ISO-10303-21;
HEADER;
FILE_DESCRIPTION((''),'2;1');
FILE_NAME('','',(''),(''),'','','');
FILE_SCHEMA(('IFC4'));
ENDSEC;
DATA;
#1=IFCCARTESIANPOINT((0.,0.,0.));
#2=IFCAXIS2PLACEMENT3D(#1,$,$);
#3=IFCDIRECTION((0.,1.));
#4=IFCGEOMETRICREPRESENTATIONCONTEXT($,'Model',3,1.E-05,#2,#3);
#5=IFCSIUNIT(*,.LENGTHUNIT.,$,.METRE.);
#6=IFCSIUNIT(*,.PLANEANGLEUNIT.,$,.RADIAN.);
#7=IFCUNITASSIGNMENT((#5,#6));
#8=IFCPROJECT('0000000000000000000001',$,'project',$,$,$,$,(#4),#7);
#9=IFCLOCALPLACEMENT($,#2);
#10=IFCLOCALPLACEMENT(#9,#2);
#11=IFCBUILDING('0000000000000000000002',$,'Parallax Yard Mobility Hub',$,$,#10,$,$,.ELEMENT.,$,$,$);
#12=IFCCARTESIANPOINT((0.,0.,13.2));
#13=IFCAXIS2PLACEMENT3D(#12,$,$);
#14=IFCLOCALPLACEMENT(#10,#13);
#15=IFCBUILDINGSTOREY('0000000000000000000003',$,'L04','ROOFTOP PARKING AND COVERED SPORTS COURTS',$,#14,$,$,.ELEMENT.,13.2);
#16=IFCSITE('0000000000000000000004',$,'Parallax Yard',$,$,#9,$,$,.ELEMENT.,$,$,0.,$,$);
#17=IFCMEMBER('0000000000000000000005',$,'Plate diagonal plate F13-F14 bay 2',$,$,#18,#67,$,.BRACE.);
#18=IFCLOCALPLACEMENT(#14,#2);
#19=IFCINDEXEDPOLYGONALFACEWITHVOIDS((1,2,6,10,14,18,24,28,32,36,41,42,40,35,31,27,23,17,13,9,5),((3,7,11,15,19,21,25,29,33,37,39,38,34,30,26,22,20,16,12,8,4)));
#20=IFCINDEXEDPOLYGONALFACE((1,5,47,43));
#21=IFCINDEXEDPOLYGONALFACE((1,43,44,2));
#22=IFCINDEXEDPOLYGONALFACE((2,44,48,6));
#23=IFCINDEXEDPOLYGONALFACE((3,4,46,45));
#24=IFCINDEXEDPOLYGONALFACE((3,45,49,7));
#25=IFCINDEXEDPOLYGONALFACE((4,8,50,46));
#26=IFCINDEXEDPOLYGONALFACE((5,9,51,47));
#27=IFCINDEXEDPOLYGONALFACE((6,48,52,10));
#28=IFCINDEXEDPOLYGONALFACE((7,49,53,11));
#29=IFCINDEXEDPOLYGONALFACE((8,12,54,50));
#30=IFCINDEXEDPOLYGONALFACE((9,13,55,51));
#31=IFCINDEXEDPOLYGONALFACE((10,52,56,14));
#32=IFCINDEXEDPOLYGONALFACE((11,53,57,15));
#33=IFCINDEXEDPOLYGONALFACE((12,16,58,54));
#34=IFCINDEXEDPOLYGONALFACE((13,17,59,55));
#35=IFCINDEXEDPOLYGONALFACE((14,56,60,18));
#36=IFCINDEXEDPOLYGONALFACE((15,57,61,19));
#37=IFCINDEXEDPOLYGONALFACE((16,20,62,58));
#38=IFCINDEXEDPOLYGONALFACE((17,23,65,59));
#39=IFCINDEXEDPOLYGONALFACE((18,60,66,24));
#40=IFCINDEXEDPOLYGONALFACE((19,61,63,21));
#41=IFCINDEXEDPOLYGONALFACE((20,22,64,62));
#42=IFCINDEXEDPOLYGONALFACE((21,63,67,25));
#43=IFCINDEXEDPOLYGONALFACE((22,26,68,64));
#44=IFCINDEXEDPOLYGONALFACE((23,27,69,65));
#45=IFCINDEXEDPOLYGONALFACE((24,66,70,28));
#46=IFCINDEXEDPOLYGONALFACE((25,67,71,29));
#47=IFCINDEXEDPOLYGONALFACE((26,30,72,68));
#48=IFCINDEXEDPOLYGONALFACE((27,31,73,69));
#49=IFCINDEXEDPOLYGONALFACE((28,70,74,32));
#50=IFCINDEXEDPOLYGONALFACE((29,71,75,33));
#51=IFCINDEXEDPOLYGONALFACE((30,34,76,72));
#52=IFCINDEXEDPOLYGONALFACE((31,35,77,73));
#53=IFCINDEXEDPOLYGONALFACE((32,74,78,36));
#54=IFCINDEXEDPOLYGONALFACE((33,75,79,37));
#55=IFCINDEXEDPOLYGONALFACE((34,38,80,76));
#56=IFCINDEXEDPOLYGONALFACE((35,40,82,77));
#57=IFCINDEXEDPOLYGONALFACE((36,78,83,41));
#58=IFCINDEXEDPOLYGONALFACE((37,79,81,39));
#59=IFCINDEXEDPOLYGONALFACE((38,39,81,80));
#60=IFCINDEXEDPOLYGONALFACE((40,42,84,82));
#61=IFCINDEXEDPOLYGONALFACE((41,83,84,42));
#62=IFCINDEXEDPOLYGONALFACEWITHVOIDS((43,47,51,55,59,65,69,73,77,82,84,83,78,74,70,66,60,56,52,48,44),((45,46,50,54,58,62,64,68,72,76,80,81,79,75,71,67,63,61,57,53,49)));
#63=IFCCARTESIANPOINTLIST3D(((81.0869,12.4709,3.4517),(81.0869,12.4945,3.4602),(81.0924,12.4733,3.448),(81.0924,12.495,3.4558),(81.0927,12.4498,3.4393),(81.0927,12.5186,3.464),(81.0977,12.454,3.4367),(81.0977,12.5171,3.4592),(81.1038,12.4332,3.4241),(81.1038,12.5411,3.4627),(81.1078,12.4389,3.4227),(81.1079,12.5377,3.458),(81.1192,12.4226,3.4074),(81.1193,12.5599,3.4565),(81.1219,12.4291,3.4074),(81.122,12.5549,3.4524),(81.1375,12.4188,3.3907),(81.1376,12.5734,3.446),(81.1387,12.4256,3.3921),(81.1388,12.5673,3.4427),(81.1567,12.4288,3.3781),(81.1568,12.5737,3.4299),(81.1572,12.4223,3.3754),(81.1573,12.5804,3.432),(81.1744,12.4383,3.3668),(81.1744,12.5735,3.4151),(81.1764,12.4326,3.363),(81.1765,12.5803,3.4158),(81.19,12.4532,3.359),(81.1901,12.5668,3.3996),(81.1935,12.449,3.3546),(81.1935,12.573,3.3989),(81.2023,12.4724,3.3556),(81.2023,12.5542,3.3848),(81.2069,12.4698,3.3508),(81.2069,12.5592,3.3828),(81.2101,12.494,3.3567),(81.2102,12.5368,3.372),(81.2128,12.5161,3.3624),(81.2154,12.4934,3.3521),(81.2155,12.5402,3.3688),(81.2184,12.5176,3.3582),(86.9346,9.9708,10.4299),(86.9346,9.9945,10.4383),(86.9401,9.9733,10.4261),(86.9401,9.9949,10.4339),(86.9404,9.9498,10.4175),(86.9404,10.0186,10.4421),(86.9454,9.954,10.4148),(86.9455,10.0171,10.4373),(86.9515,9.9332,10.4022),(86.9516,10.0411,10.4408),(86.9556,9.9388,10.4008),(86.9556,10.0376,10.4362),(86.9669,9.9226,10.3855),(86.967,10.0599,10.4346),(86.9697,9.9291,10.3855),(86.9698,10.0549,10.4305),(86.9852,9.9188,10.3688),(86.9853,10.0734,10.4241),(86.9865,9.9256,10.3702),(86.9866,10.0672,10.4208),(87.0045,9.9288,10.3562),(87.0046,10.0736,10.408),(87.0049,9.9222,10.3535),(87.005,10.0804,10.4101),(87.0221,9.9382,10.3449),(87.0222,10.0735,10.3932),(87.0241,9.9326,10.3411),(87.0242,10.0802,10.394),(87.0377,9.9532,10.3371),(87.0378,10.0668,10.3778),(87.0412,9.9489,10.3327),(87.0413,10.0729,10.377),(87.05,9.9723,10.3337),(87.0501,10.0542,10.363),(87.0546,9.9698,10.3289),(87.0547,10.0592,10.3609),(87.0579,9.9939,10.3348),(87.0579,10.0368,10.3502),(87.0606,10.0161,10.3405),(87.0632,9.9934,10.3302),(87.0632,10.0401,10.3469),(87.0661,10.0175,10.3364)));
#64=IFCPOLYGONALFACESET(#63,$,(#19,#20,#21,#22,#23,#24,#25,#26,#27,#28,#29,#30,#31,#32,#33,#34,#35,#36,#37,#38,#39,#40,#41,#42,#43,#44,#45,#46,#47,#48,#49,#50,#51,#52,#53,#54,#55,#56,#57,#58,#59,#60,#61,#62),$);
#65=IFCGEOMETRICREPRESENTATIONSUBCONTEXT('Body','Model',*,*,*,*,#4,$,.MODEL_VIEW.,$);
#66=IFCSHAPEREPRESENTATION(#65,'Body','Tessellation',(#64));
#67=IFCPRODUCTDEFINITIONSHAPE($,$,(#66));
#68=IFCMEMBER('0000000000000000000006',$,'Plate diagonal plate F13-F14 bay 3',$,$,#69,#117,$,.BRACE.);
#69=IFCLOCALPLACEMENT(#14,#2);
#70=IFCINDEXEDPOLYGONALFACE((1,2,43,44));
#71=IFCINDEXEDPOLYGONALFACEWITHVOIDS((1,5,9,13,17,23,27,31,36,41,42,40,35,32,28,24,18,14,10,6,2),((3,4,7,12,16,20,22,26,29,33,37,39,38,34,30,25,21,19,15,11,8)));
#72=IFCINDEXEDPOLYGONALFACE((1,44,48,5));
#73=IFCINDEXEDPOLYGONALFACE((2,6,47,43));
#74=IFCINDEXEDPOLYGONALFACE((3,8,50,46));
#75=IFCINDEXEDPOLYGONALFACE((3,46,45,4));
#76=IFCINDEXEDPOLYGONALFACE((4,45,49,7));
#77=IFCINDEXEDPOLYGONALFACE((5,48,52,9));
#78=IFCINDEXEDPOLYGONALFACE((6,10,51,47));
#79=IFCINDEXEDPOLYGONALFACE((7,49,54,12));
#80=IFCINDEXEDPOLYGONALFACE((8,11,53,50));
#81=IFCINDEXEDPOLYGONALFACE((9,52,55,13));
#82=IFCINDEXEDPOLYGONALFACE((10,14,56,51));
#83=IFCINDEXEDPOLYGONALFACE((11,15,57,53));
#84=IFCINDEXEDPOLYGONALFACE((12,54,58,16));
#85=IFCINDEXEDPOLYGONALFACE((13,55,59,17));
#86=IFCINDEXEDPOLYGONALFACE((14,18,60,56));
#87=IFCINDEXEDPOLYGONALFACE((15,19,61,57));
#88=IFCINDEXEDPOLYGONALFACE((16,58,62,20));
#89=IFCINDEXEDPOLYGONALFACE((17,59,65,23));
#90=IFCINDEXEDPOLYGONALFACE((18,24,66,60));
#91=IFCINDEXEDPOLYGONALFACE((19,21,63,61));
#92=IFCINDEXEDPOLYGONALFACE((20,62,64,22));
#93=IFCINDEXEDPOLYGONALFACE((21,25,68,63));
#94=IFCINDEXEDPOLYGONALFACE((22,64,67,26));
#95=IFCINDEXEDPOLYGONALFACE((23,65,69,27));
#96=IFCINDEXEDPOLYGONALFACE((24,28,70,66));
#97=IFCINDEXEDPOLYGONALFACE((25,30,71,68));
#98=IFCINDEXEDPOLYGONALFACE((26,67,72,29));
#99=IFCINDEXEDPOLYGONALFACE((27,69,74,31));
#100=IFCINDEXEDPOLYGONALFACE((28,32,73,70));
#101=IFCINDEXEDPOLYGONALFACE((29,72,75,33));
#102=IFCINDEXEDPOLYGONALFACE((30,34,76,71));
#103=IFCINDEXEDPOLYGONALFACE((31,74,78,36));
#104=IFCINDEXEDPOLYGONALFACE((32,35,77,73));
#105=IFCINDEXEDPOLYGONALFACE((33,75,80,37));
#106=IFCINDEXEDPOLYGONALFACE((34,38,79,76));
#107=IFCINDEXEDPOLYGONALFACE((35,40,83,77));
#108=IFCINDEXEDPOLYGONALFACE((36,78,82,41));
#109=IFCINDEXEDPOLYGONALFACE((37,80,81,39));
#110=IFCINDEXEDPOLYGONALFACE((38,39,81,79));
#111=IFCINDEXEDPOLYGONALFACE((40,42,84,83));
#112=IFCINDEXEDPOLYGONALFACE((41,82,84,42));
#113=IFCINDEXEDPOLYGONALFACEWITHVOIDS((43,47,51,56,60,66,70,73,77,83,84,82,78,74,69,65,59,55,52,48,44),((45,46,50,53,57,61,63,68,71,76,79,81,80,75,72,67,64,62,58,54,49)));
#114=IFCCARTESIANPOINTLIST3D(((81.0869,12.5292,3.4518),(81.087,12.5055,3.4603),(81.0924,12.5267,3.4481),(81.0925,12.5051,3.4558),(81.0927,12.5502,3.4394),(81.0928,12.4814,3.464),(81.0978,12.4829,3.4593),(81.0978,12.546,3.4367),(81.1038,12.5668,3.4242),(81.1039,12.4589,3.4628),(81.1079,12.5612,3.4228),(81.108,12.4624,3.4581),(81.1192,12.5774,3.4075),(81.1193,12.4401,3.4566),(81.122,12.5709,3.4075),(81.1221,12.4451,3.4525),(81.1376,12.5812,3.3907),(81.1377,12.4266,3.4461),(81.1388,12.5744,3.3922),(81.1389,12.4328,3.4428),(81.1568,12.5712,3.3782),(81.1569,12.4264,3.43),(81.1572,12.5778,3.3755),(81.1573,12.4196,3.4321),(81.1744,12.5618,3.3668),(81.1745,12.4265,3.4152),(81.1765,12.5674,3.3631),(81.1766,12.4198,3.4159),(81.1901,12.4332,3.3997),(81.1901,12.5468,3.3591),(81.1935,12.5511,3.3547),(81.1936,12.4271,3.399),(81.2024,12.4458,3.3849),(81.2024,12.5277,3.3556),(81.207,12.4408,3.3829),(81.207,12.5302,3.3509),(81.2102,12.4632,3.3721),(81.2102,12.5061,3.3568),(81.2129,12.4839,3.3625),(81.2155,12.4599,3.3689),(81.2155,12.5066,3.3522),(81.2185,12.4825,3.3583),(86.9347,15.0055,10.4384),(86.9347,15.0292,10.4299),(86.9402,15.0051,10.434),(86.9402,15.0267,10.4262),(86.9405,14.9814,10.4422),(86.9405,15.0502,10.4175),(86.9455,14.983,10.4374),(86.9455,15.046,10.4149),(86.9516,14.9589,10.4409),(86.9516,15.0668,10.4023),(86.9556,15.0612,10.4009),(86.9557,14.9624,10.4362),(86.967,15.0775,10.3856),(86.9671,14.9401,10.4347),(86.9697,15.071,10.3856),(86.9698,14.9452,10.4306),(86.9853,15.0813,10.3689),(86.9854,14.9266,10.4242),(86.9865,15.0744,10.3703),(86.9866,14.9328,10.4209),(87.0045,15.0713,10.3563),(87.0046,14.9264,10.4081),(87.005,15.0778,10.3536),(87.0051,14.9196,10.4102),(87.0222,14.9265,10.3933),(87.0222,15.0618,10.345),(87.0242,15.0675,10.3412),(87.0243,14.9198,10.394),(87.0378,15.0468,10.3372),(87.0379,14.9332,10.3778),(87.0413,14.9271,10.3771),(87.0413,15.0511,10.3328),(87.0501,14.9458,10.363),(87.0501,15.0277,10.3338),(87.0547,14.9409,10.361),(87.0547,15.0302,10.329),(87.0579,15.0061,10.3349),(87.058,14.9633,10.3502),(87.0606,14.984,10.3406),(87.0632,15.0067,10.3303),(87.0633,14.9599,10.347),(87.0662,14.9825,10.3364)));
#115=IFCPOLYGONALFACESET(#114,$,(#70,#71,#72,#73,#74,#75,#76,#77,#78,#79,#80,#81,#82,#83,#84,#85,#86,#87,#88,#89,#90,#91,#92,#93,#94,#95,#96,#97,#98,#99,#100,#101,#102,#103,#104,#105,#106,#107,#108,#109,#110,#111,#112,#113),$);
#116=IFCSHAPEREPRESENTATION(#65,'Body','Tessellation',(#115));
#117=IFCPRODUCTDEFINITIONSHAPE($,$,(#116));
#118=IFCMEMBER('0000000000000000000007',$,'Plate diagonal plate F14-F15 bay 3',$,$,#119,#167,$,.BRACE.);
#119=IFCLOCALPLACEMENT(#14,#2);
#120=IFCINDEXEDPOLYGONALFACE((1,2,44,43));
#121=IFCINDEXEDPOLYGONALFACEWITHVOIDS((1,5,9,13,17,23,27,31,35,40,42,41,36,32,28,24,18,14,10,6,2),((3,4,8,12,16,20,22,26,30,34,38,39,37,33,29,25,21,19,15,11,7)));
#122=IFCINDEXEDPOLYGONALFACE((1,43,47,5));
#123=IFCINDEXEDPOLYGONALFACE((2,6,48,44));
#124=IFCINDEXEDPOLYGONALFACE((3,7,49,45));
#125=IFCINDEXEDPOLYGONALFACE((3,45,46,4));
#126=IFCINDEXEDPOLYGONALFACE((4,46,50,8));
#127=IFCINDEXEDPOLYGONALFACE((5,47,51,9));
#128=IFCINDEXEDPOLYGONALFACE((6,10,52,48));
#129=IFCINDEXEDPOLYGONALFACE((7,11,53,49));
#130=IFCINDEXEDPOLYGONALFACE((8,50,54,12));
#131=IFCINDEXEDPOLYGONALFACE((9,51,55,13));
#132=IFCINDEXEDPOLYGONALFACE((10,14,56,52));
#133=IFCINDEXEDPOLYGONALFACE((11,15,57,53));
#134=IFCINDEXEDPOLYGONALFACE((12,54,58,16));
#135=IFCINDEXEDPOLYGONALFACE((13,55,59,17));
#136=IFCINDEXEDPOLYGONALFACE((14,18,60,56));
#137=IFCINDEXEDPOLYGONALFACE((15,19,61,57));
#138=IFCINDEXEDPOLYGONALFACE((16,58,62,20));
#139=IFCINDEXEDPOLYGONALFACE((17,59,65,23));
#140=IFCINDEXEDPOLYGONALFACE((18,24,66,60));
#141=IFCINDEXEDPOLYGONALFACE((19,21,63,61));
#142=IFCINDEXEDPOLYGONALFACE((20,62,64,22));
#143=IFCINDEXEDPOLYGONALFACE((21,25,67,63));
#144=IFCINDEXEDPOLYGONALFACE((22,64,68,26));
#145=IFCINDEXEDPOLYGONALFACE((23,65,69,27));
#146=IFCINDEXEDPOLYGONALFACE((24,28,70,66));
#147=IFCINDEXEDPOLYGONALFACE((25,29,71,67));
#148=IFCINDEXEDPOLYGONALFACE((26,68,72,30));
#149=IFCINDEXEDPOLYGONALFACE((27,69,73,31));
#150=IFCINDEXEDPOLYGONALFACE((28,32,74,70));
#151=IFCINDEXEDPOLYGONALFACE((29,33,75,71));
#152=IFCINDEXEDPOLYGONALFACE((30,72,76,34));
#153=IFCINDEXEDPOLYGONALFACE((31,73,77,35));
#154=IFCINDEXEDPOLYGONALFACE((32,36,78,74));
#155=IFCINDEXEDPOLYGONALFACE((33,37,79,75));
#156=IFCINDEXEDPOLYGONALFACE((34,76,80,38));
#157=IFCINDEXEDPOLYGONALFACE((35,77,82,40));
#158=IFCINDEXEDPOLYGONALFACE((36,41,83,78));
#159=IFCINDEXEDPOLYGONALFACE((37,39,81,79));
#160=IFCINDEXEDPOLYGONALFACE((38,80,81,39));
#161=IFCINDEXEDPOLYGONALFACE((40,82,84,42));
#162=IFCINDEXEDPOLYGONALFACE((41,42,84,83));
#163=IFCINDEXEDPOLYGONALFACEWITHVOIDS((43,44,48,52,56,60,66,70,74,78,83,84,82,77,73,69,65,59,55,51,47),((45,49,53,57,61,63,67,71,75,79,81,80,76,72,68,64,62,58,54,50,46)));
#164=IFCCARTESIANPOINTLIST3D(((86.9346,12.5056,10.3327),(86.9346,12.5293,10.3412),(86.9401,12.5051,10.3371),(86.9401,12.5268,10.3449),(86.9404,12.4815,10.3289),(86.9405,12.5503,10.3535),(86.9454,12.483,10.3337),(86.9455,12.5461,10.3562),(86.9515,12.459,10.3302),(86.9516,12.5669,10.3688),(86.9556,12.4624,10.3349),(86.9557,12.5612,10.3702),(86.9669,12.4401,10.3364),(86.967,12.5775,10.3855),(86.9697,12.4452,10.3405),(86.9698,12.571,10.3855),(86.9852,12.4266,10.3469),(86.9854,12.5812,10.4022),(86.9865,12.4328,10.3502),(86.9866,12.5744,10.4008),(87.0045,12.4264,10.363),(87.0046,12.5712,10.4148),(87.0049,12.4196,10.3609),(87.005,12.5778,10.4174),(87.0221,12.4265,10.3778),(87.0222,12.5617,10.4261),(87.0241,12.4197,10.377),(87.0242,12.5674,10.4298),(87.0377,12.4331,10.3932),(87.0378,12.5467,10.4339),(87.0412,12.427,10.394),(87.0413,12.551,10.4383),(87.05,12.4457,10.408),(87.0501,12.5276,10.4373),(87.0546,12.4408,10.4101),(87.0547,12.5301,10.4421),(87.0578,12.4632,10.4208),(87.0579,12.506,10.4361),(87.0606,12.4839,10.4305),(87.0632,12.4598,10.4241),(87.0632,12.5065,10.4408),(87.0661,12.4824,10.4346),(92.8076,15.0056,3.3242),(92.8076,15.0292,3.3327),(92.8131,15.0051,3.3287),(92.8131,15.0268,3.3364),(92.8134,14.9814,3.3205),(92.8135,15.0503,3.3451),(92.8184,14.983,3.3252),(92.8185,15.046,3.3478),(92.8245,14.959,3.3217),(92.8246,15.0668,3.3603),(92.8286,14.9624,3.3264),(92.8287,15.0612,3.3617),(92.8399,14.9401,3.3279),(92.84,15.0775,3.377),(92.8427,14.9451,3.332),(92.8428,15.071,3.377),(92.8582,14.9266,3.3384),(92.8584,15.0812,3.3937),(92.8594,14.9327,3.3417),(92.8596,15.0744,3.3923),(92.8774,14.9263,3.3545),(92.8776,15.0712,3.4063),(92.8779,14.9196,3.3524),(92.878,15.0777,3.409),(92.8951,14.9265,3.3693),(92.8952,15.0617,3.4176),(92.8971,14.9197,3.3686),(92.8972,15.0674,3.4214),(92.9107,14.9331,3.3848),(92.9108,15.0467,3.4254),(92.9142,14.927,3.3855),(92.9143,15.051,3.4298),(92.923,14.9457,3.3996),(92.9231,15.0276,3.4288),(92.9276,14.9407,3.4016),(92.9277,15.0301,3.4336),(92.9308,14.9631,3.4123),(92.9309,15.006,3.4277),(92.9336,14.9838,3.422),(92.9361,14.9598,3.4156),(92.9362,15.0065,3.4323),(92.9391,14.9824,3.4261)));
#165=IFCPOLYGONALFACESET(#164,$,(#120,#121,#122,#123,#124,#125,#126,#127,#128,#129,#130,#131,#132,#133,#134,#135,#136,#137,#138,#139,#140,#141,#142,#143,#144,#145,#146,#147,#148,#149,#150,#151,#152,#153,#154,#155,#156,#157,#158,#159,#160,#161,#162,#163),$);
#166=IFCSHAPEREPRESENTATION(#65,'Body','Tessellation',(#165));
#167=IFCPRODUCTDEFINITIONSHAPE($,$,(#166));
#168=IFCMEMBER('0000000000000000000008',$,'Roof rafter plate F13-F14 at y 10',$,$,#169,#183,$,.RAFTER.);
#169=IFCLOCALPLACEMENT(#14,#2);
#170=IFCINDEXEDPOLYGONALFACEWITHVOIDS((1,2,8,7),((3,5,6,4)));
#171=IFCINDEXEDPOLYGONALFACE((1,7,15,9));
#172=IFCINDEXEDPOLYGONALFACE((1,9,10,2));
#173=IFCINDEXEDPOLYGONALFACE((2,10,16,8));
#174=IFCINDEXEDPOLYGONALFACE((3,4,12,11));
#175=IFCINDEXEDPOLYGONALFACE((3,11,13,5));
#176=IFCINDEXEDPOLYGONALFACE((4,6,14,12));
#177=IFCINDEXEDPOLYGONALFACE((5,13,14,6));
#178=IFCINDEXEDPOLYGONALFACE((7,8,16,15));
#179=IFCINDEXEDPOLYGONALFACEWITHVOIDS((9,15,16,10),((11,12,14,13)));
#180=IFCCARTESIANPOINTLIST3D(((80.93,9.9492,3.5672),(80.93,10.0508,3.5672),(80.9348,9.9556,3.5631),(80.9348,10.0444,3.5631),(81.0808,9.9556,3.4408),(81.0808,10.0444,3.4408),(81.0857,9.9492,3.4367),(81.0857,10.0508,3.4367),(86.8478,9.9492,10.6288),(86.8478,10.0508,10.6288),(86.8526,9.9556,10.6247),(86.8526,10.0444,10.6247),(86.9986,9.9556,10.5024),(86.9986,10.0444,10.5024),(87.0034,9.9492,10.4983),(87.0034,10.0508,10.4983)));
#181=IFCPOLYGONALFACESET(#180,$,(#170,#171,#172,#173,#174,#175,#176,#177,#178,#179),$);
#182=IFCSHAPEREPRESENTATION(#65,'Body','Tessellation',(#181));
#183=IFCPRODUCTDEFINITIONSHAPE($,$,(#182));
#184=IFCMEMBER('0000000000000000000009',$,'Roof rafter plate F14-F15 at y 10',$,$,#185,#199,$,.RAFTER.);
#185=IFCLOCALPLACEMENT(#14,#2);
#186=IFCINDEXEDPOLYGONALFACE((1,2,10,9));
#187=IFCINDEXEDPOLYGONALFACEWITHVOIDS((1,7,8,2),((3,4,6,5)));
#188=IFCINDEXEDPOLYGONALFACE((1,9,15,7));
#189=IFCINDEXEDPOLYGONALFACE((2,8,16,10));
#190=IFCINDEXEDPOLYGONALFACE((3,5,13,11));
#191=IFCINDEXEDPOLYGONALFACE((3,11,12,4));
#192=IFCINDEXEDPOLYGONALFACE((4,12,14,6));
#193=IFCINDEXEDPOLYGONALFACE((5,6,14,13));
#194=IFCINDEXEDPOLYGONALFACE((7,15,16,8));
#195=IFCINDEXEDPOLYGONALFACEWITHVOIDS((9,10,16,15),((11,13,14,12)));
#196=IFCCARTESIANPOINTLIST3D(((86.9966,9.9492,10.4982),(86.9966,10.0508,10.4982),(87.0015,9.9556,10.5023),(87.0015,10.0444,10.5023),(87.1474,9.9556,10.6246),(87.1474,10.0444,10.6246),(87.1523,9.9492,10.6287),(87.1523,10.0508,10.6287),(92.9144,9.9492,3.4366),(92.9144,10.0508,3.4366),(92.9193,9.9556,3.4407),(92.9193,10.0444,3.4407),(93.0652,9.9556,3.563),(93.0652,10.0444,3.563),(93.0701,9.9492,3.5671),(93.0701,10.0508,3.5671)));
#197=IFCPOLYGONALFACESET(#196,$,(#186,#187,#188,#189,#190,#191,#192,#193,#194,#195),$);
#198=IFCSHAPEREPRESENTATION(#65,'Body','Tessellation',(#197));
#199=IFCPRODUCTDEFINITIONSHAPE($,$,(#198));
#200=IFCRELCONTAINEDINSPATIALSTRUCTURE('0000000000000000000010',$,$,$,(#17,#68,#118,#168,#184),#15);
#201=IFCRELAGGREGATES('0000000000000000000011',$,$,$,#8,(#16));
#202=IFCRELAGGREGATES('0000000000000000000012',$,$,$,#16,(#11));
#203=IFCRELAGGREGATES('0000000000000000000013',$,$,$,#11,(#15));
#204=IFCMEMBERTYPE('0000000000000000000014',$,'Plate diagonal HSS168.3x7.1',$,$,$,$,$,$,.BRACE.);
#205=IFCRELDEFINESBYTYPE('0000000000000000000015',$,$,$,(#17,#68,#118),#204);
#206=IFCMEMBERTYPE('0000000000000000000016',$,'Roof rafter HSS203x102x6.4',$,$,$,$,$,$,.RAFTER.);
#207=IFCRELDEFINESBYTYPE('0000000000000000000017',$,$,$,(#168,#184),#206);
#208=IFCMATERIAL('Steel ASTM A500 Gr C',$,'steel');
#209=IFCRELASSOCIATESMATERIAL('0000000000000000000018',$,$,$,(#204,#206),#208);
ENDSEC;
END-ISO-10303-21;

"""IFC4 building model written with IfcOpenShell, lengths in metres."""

from ifc_helpers import new_model, si_unit, direction, frame, origin, origin_2d, place, context, subcontext, project, spatial, hollow_rectangle, hollow_circle, extrude, material, material_profile, profile_set, type_object, element, save


model = new_model("IFC4")

# Units and contexts
model_context = context("Model", 3, precision=1e-05, world=origin(), true_north=direction((0.0, 1.0)))
body_context = subcontext(model_context, "Body", "Model", "MODEL_VIEW")
ifc_project = project(units=[si_unit("LENGTHUNIT", "METRE"), si_unit("PLANEANGLEUNIT", "RADIAN")], contexts=[model_context])

# Site, building, storey
site_placement = place(None, origin())
site = spatial("IfcSite", under=ifc_project, at=site_placement, Name="Parallax Yard", CompositionType="ELEMENT", RefElevation=0.0)
building_placement = place(site_placement, origin())
building = spatial("IfcBuilding", under=site, at=building_placement, Name="Parallax Yard Mobility Hub", CompositionType="ELEMENT")
storey_placement = place(building_placement, frame((0.0, 0.0, 13.2)))
storey = spatial("IfcBuildingStorey", under=building, at=storey_placement, Name="L04", Description="ROOFTOP PARKING AND COVERED SPORTS COURTS", CompositionType="ELEMENT", Elevation=13.2)

# Members
ifc_material_1 = material(Name="Steel ASTM A500 Gr C", Category="steel")
ifc_material_profile_1 = material_profile(ifc_material_1, hollow_circle(Radius=0.0842, WallThickness=0.0071, at=origin_2d()), Name="HSS168.3x7.1")
ifc_profile_set_1 = profile_set([ifc_material_profile_1], Name="Steel ASTM A500 Gr C")
member_type_1 = type_object("IfcMemberType", Name="Plate diagonal HSS168.3x7.1", PredefinedType="BRACE", material=ifc_profile_set_1)
for number, where, z_axis, x_axis, name in (
    (1, (87.0, 10.0, 10.3855), (-0.61937, 0.264794, -0.739097), (-0.393104, -0.919494, 0.0), "Plate diagonal plate F13-F14 bay 2"),
    (2, (81.1523, 12.5, 3.4075), (0.61937, 0.264794, 0.739097), (-0.393104, 0.919494, 0.0), "Plate diagonal plate F13-F14 bay 3"),
):
    element("IfcMember", number, at=place(storey_placement, frame(where, z_axis=z_axis, x_axis=x_axis)), inside=storey, type_object=member_type_1, Name=name, PredefinedType="BRACE", context=body_context, shape_type="SweptSolid", body=[
        extrude(hollow_circle(Radius=0.0842, WallThickness=0.0071, at=origin_2d()), origin(), (0.0, 0.0, 1.0), 9.4414),
    ])
member_1_placement = place(storey_placement, frame((87.0, 12.5, 10.3855), z_axis=(0.619547, 0.263725, -0.739331), x_axis=(-0.391665, 0.920108, 0.0)))
element("IfcMember", 3, at=member_1_placement, inside=storey, type_object=member_type_1, Name="Plate diagonal plate F14-F15 bay 3", PredefinedType="BRACE", context=body_context, shape_type="SweptSolid", body=[
    extrude(hollow_circle(Radius=0.0842, WallThickness=0.0071, at=origin_2d()), origin(), (0.0, 0.0, 1.0), 9.4795),
])
ifc_material_profile_2 = material_profile(ifc_material_1, hollow_rectangle(XDim=0.1016, YDim=0.2031, WallThickness=0.0063, at=origin_2d()), Name="HSS203x102x6.4")
ifc_profile_set_2 = profile_set([ifc_material_profile_2], Name="Steel ASTM A500 Gr C")
member_type_2 = type_object("IfcMemberType", Name="Roof rafter HSS203x102x6.4", PredefinedType="RAFTER", material=ifc_profile_set_2)
for number, where, z_axis, x_axis, name in (
    (4, (81.0078, 10.0, 3.502), (0.642304, 0.0, 0.76645), (0.0, 1.0, 0.0), "Roof rafter plate F13-F14 at y 10"),
    (5, (87.0745, 10.0, 10.5635), (0.642304, 0.0, -0.76645), (0.0, 1.0, 0.0), "Roof rafter plate F14-F15 at y 10"),
):
    element("IfcMember", number, at=place(storey_placement, frame(where, z_axis=z_axis, x_axis=x_axis)), inside=storey, type_object=member_type_2, Name=name, PredefinedType="RAFTER", context=body_context, shape_type="SweptSolid", body=[
        extrude(hollow_rectangle(XDim=0.1016, YDim=0.2031, WallThickness=0.0063, at=origin_2d()), origin(), (0.0, 0.0, 1.0), 9.2134),
    ])

save(model, "model.ifc")
